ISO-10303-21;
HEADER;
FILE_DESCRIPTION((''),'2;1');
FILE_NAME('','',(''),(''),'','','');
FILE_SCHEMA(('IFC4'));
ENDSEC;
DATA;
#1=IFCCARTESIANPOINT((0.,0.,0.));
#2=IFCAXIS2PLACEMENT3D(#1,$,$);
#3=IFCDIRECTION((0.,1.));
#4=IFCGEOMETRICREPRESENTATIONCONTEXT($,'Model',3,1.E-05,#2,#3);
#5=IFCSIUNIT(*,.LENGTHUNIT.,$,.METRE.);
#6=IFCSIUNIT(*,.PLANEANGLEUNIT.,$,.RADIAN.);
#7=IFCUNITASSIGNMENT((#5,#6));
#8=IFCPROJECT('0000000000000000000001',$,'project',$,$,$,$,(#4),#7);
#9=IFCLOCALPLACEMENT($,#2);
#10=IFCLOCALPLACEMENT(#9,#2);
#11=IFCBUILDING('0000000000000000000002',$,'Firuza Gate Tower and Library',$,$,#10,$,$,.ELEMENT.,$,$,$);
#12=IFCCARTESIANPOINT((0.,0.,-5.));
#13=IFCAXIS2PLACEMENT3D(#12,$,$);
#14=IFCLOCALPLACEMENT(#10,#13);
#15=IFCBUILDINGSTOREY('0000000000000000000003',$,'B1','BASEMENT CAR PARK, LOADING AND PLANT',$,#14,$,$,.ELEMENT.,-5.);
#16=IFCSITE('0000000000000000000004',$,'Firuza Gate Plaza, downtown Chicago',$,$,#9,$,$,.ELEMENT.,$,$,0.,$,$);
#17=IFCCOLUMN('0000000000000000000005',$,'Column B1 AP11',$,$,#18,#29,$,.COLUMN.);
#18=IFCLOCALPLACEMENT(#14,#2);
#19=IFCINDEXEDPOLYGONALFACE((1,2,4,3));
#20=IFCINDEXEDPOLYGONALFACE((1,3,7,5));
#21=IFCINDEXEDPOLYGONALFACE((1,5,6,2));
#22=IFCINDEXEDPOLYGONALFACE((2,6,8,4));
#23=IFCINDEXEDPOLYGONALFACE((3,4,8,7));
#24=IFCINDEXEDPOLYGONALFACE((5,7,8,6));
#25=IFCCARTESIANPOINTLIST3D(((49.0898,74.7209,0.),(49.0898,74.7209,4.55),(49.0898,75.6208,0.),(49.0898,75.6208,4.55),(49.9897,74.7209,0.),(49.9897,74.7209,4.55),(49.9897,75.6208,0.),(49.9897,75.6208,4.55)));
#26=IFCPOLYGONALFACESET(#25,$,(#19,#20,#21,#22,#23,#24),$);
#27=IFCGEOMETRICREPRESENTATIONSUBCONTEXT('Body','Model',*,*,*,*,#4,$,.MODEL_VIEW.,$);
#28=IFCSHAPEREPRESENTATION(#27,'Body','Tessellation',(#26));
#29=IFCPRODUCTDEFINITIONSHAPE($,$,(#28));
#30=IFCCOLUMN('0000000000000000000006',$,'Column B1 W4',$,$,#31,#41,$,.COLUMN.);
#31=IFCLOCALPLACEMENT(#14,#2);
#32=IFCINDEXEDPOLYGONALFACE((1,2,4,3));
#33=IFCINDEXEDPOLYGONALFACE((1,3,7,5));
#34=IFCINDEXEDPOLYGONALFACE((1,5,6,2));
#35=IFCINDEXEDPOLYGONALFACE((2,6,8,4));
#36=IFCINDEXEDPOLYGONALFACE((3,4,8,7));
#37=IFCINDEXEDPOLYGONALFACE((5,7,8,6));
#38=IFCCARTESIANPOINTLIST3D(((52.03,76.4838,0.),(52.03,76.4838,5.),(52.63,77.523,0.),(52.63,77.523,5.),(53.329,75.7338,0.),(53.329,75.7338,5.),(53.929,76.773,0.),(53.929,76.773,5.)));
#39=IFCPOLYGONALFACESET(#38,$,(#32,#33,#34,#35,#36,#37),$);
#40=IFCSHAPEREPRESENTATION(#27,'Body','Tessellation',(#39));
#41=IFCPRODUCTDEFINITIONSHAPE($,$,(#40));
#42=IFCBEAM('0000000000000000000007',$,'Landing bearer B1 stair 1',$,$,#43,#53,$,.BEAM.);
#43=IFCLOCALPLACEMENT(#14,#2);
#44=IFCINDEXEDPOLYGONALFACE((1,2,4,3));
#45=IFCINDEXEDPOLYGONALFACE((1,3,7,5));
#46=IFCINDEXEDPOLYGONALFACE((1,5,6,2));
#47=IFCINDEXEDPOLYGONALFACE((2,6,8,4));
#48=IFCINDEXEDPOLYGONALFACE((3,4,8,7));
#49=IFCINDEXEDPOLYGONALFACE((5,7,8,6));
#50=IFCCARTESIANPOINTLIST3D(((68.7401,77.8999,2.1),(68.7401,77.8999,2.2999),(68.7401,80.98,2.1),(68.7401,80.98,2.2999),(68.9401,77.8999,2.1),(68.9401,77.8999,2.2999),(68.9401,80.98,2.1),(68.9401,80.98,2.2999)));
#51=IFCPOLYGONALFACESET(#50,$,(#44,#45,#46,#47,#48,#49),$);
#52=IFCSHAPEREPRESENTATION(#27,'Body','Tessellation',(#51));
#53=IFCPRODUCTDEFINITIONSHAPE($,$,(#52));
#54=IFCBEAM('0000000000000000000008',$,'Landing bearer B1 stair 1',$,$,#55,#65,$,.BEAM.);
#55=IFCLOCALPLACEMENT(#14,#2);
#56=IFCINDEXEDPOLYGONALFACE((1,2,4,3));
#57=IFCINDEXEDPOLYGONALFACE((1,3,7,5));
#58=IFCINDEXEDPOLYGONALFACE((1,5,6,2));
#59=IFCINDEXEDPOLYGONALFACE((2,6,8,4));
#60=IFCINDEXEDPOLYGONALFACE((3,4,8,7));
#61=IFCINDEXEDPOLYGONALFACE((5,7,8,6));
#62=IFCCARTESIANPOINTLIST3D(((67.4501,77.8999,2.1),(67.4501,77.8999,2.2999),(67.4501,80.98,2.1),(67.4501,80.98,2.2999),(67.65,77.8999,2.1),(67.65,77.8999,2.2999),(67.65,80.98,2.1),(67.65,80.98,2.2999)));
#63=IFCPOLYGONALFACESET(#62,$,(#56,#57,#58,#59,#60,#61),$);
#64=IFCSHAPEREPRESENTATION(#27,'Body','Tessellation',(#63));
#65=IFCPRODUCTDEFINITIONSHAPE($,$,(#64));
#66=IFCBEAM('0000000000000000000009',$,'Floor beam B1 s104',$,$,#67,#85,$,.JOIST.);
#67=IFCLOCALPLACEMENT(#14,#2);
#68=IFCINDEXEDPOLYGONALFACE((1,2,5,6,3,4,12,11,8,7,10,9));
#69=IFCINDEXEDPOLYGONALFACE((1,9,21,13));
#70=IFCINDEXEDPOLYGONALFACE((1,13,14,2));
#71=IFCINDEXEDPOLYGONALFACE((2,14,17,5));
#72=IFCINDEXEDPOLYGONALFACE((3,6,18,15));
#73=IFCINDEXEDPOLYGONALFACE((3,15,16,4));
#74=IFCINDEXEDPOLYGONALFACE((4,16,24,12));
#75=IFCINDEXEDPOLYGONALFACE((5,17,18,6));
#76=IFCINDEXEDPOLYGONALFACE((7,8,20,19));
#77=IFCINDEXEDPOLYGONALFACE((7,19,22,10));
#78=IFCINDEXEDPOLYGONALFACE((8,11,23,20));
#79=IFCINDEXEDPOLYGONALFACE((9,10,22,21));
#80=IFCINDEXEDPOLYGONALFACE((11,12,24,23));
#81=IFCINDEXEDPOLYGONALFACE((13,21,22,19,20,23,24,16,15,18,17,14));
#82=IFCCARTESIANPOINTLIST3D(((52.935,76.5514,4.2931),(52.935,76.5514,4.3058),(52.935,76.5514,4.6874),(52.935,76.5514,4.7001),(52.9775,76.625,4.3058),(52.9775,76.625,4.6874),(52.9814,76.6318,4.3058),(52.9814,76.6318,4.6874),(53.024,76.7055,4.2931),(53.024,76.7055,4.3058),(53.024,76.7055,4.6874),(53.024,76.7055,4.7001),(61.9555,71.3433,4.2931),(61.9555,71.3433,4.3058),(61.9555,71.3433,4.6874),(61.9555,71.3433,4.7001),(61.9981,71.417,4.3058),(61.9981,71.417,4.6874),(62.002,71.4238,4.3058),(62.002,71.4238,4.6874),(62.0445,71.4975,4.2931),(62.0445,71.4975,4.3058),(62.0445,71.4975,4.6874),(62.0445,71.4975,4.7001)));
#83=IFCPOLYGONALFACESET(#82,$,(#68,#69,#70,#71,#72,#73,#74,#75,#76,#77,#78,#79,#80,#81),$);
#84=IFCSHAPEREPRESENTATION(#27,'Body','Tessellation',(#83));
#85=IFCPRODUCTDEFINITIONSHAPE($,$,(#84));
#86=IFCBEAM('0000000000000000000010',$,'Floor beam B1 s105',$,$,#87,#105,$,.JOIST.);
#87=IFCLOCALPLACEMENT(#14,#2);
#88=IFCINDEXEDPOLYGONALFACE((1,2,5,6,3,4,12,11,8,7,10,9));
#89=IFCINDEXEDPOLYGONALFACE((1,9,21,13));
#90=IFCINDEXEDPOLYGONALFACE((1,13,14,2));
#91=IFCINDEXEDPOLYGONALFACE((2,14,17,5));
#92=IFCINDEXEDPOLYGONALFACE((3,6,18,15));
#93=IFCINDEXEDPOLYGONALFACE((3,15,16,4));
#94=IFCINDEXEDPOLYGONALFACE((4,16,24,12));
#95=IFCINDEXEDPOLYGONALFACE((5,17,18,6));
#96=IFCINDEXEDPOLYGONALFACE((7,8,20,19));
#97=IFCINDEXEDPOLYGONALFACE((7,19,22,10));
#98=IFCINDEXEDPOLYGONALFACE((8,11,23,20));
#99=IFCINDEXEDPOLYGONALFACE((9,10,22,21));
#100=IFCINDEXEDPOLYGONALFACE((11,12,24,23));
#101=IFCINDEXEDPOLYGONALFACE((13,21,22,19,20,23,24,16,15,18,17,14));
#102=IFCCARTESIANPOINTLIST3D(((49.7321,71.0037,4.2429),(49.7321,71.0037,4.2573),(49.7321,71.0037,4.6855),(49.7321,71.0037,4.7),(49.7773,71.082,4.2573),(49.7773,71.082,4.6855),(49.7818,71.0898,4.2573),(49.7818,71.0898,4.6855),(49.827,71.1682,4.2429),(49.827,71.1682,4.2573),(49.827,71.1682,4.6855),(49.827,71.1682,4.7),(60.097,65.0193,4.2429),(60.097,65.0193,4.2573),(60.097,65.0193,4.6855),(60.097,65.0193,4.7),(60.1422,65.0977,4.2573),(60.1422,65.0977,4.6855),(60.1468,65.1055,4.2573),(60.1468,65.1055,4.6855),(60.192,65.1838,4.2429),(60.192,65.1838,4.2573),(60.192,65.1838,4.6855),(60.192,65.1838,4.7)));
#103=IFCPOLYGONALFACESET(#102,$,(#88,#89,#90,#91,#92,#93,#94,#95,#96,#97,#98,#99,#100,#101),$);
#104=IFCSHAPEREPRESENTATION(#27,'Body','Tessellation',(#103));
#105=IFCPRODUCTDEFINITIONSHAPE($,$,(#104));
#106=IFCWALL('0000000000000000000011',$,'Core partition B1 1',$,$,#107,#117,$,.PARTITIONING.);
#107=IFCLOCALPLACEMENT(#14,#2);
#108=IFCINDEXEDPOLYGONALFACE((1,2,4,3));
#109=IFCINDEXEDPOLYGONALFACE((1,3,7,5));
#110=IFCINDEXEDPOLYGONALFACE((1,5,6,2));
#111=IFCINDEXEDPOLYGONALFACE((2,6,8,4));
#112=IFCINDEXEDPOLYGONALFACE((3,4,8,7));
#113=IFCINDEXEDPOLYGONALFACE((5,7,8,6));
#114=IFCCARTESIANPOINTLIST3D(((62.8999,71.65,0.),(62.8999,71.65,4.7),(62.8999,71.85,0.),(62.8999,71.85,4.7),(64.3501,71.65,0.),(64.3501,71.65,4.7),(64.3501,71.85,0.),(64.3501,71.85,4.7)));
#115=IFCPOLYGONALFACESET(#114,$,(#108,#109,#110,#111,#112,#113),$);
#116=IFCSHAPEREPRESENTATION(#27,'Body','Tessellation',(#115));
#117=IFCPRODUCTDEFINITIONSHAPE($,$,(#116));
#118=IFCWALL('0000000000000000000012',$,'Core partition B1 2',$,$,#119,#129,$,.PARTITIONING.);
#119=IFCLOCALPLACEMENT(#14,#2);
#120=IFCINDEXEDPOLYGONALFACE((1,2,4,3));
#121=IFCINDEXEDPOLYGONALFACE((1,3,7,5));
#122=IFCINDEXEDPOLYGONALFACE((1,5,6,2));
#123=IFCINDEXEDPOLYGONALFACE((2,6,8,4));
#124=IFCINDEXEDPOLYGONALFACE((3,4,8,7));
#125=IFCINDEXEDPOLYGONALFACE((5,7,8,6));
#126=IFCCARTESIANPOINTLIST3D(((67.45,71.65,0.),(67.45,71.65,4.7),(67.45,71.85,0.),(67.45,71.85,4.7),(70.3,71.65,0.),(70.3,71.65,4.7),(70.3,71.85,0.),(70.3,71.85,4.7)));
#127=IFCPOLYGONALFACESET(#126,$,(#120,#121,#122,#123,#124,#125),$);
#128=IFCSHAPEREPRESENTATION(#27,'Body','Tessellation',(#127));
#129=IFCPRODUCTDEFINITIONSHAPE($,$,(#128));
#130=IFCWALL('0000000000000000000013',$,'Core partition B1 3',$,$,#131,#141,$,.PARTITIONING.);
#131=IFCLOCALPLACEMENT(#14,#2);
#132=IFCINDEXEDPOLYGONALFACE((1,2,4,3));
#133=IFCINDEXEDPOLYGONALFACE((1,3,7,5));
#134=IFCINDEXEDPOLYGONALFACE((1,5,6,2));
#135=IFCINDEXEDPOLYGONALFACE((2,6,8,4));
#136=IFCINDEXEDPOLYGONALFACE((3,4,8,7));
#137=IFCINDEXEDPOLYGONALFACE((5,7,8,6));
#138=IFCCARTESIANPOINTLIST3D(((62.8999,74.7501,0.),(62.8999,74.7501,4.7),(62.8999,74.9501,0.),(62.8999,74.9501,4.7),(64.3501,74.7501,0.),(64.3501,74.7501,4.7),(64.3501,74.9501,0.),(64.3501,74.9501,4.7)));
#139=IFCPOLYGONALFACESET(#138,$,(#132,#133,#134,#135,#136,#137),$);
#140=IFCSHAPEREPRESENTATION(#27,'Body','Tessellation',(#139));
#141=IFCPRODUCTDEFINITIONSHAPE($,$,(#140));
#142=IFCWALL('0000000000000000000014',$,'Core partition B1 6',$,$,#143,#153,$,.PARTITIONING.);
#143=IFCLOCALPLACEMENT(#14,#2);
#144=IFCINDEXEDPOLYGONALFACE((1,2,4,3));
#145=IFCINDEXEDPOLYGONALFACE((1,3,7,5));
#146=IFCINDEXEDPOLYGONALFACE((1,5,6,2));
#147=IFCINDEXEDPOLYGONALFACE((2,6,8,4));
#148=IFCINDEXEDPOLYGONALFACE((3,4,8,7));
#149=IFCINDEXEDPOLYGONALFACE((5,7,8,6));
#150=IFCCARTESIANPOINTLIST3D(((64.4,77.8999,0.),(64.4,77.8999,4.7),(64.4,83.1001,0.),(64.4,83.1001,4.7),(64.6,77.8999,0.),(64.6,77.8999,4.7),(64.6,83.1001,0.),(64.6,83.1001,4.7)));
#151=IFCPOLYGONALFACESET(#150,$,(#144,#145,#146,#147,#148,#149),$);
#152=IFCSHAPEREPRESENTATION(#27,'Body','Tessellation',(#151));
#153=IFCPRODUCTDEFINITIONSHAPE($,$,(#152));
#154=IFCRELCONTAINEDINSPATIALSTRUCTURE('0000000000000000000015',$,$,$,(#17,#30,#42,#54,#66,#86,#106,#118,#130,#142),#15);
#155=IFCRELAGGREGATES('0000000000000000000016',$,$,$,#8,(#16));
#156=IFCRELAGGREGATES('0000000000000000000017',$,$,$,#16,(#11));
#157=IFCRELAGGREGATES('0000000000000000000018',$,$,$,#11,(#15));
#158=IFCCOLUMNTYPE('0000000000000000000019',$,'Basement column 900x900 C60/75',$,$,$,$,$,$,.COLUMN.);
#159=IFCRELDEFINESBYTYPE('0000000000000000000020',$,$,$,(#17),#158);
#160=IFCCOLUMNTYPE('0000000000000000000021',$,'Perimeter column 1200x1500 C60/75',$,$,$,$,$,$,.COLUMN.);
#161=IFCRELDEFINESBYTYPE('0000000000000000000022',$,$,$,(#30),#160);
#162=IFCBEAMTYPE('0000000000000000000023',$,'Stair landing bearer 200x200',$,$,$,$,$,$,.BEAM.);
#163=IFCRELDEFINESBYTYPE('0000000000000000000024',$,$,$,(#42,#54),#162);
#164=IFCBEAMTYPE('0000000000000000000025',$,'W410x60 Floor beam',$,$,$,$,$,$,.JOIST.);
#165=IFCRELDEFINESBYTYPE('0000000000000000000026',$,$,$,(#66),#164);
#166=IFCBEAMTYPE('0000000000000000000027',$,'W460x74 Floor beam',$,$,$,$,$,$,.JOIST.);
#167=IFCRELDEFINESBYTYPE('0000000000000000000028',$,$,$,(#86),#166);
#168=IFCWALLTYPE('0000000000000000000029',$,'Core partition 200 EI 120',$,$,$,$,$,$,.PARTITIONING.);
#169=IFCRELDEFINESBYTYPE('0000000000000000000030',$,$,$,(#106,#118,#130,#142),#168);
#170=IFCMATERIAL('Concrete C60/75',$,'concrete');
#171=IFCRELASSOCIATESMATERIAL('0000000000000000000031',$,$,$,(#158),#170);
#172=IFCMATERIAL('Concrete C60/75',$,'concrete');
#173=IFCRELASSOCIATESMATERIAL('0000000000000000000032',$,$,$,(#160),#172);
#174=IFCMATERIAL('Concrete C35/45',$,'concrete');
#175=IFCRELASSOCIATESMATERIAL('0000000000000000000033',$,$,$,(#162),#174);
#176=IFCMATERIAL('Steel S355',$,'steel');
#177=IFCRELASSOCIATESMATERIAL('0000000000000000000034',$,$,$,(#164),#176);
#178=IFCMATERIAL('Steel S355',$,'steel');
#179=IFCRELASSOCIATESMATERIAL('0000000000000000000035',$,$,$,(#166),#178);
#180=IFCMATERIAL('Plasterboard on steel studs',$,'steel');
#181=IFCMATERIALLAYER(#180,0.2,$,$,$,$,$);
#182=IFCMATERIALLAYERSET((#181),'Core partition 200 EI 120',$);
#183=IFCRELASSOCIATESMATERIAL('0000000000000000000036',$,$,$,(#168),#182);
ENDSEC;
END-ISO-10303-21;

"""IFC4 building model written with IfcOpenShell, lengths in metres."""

from ifc_helpers import new_model, si_unit, direction, frame, frame_2d, origin, origin_2d, place, context, subcontext, project, spatial, rectangle, i_section, extrude, material, layer, layer_set, material_profile, profile_set, type_object, element, save


model = new_model("IFC4")

# Units and contexts
model_context = context("Model", 3, precision=1e-05, world=origin(), true_north=direction((0.0, 1.0)))
body_context = subcontext(model_context, "Body", "Model", "MODEL_VIEW")
ifc_project = project(units=[si_unit("LENGTHUNIT", "METRE"), si_unit("PLANEANGLEUNIT", "RADIAN")], contexts=[model_context])

# Site, building, storey
site_placement = place(None, origin())
site = spatial("IfcSite", under=ifc_project, at=site_placement, Name="Firuza Gate Plaza, downtown Chicago", CompositionType="ELEMENT", RefElevation=0.0)
building_placement = place(site_placement, origin())
building = spatial("IfcBuilding", under=site, at=building_placement, Name="Firuza Gate Tower and Library", CompositionType="ELEMENT")
storey_placement = place(building_placement, frame((0.0, 0.0, -5.0)))
storey = spatial("IfcBuildingStorey", under=building, at=storey_placement, Name="B1", Description="BASEMENT CAR PARK, LOADING AND PLANT", CompositionType="ELEMENT", Elevation=-5.0)

# Columns
ifc_material_1 = material(Name="Concrete C60/75", Category="concrete")
ifc_material_profile_1 = material_profile(ifc_material_1, rectangle(XDim=0.8999, YDim=0.8999, at=origin_2d()))
ifc_profile_set_1 = profile_set([ifc_material_profile_1], Name="Concrete C60/75")
column_type_1 = type_object("IfcColumnType", Name="Basement column 900x900 C60/75", PredefinedType="COLUMN", material=ifc_profile_set_1)
column_1_placement = place(storey_placement, frame((49.5398, 75.1709, 0.0), z_axis=(0.0, 0.0, 1.0), x_axis=(1.0, 0.0, 0.0)))
element("IfcColumn", 1, at=column_1_placement, inside=storey, type_object=column_type_1, Name="Column B1 AP11", PredefinedType="COLUMN", context=body_context, shape_type="SweptSolid", body=[
    extrude(rectangle(XDim=0.8999, YDim=0.8999, at=origin_2d()), origin(), (0.0, 0.0, 1.0), 4.55),
])
ifc_material_2 = material(Name="Concrete C60/75", Category="concrete")
ifc_material_profile_2 = material_profile(ifc_material_2, rectangle(XDim=1.2, YDim=1.5, at=origin_2d()))
ifc_profile_set_2 = profile_set([ifc_material_profile_2], Name="Concrete C60/75")
column_type_2 = type_object("IfcColumnType", Name="Perimeter column 1200x1500 C60/75", PredefinedType="COLUMN", material=ifc_profile_set_2)
column_2_placement = place(storey_placement, frame((52.9795, 76.6284, 0.0), z_axis=(0.0, 0.0, 1.0), x_axis=(-0.5, -0.866025, 0.0)))
element("IfcColumn", 2, at=column_2_placement, inside=storey, type_object=column_type_2, Name="Column B1 W4", PredefinedType="COLUMN", context=body_context, shape_type="SweptSolid", body=[
    extrude(rectangle(XDim=1.2, YDim=1.5, at=origin_2d()), origin(), (0.0, 0.0, 1.0), 5.0),
])

# Beams
ifc_material_3 = material(Name="Concrete C35/45", Category="concrete")
ifc_material_profile_3 = material_profile(ifc_material_3, rectangle(XDim=0.2, YDim=0.2, at=origin_2d()))
ifc_profile_set_3 = profile_set([ifc_material_profile_3], Name="Concrete C35/45")
beam_type_1 = type_object("IfcBeamType", Name="Stair landing bearer 200x200", PredefinedType="BEAM", material=ifc_profile_set_3)
for number, where, z_axis, x_axis, name in (
    (3, (68.8401, 77.8999, 2.2), (0.0, 1.0, 0.0), (-1.0, 0.0, 0.0), "Landing bearer B1 stair 1"),
    (4, (67.55, 77.8999, 2.2), (0.0, 1.0, 0.0), (-1.0, 0.0, 0.0), "Landing bearer B1 stair 1"),
):
    element("IfcBeam", number, at=place(storey_placement, frame(where, z_axis=z_axis, x_axis=x_axis)), inside=storey, type_object=beam_type_1, Name=name, PredefinedType="BEAM", context=body_context, shape_type="SweptSolid", body=[
        extrude(rectangle(XDim=0.2, YDim=0.2, at=origin_2d()), origin(), (0.0, 0.0, 1.0), 3.0801),
    ])
ifc_material_4 = material(Name="Steel S355", Category="steel")
ifc_material_profile_4 = material_profile(ifc_material_4, i_section(OverallWidth=0.178, OverallDepth=0.407, WebThickness=0.0078, FlangeThickness=0.0127, at=origin_2d()))
ifc_profile_set_4 = profile_set([ifc_material_profile_4], Name="Steel S355")
beam_type_2 = type_object("IfcBeamType", Name="W410x60 Floor beam", PredefinedType="JOIST", material=ifc_profile_set_4)
beam_1_placement = place(storey_placement, frame((52.9795, 76.6284, 4.4966), z_axis=(0.866025, -0.500001, 0.0), x_axis=(0.500001, 0.866025, 0.0)))
element("IfcBeam", 5, at=beam_1_placement, inside=storey, type_object=beam_type_2, Name="Floor beam B1 s104", PredefinedType="JOIST", context=body_context, shape_type="SweptSolid", body=[
    extrude(i_section(OverallWidth=0.178, OverallDepth=0.407, WebThickness=0.0078, FlangeThickness=0.0127, at=origin_2d()), origin(), (0.0, 0.0, 1.0), 10.416),
])
ifc_material_5 = material(Name="Steel S355", Category="steel")
ifc_material_profile_5 = material_profile(ifc_material_5, i_section(OverallWidth=0.1899, OverallDepth=0.457, WebThickness=0.009, FlangeThickness=0.0144, at=origin_2d()))
ifc_profile_set_5 = profile_set([ifc_material_profile_5], Name="Steel S355")
beam_type_3 = type_object("IfcBeamType", Name="W460x74 Floor beam", PredefinedType="JOIST", material=ifc_profile_set_5)
beam_2_placement = place(storey_placement, frame((49.7795, 71.0859, 4.4714), z_axis=(0.86602, -0.500009, 0.0), x_axis=(0.500009, 0.86602, 0.0)))
element("IfcBeam", 6, at=beam_2_placement, inside=storey, type_object=beam_type_3, Name="Floor beam B1 s105", PredefinedType="JOIST", context=body_context, shape_type="SweptSolid", body=[
    extrude(i_section(OverallWidth=0.1899, OverallDepth=0.457, WebThickness=0.009, FlangeThickness=0.0144, at=origin_2d()), origin(), (0.0, 0.0, 1.0), 11.9685),
])

# Walls
ifc_material_6 = material(Name="Plasterboard on steel studs", Category="steel")
ifc_layer_1 = layer(ifc_material_6, 0.2)
ifc_layer_set_1 = layer_set([ifc_layer_1], Name="Core partition 200 EI 120")
wall_type_1 = type_object("IfcWallType", Name="Core partition 200 EI 120", PredefinedType="PARTITIONING", material=ifc_layer_set_1)
wall_1_placement = place(storey_placement, frame((62.8999, 71.75, 0.0), z_axis=(0.0, 0.0, 1.0), x_axis=(1.0, 0.0, 0.0)))
element("IfcWall", 7, at=wall_1_placement, inside=storey, type_object=wall_type_1, Name="Core partition B1 1", PredefinedType="PARTITIONING", context=body_context, shape_type="SweptSolid", body=[
    extrude(rectangle(XDim=1.4502, YDim=0.2, at=frame_2d((0.7251, 0.0))), origin(), (0.0, 0.0, 1.0), 4.7),
])
wall_2_placement = place(storey_placement, frame((67.45, 71.75, 0.0), z_axis=(0.0, 0.0, 1.0), x_axis=(1.0, 0.0, 0.0)))
element("IfcWall", 8, at=wall_2_placement, inside=storey, type_object=wall_type_1, Name="Core partition B1 2", PredefinedType="PARTITIONING", context=body_context, shape_type="SweptSolid", body=[
    extrude(rectangle(XDim=2.8501, YDim=0.2, at=frame_2d((1.425, 0.0))), origin(), (0.0, 0.0, 1.0), 4.7),
])
wall_3_placement = place(storey_placement, frame((62.8999, 74.8501, 0.0), z_axis=(0.0, 0.0, 1.0), x_axis=(1.0, 0.0, 0.0)))
element("IfcWall", 9, at=wall_3_placement, inside=storey, type_object=wall_type_1, Name="Core partition B1 3", PredefinedType="PARTITIONING", context=body_context, shape_type="SweptSolid", body=[
    extrude(rectangle(XDim=1.4502, YDim=0.2, at=frame_2d((0.7251, 0.0))), origin(), (0.0, 0.0, 1.0), 4.7),
])
wall_4_placement = place(storey_placement, frame((64.5, 77.8999, 0.0), z_axis=(0.0, 0.0, 1.0), x_axis=(0.0, 1.0, 0.0)))
element("IfcWall", 10, at=wall_4_placement, inside=storey, type_object=wall_type_1, Name="Core partition B1 6", PredefinedType="PARTITIONING", context=body_context, shape_type="SweptSolid", body=[
    extrude(rectangle(XDim=5.2002, YDim=0.2, at=frame_2d((2.6001, 0.0))), origin(), (0.0, 0.0, 1.0), 4.7),
])

save(model, "model.ifc")
